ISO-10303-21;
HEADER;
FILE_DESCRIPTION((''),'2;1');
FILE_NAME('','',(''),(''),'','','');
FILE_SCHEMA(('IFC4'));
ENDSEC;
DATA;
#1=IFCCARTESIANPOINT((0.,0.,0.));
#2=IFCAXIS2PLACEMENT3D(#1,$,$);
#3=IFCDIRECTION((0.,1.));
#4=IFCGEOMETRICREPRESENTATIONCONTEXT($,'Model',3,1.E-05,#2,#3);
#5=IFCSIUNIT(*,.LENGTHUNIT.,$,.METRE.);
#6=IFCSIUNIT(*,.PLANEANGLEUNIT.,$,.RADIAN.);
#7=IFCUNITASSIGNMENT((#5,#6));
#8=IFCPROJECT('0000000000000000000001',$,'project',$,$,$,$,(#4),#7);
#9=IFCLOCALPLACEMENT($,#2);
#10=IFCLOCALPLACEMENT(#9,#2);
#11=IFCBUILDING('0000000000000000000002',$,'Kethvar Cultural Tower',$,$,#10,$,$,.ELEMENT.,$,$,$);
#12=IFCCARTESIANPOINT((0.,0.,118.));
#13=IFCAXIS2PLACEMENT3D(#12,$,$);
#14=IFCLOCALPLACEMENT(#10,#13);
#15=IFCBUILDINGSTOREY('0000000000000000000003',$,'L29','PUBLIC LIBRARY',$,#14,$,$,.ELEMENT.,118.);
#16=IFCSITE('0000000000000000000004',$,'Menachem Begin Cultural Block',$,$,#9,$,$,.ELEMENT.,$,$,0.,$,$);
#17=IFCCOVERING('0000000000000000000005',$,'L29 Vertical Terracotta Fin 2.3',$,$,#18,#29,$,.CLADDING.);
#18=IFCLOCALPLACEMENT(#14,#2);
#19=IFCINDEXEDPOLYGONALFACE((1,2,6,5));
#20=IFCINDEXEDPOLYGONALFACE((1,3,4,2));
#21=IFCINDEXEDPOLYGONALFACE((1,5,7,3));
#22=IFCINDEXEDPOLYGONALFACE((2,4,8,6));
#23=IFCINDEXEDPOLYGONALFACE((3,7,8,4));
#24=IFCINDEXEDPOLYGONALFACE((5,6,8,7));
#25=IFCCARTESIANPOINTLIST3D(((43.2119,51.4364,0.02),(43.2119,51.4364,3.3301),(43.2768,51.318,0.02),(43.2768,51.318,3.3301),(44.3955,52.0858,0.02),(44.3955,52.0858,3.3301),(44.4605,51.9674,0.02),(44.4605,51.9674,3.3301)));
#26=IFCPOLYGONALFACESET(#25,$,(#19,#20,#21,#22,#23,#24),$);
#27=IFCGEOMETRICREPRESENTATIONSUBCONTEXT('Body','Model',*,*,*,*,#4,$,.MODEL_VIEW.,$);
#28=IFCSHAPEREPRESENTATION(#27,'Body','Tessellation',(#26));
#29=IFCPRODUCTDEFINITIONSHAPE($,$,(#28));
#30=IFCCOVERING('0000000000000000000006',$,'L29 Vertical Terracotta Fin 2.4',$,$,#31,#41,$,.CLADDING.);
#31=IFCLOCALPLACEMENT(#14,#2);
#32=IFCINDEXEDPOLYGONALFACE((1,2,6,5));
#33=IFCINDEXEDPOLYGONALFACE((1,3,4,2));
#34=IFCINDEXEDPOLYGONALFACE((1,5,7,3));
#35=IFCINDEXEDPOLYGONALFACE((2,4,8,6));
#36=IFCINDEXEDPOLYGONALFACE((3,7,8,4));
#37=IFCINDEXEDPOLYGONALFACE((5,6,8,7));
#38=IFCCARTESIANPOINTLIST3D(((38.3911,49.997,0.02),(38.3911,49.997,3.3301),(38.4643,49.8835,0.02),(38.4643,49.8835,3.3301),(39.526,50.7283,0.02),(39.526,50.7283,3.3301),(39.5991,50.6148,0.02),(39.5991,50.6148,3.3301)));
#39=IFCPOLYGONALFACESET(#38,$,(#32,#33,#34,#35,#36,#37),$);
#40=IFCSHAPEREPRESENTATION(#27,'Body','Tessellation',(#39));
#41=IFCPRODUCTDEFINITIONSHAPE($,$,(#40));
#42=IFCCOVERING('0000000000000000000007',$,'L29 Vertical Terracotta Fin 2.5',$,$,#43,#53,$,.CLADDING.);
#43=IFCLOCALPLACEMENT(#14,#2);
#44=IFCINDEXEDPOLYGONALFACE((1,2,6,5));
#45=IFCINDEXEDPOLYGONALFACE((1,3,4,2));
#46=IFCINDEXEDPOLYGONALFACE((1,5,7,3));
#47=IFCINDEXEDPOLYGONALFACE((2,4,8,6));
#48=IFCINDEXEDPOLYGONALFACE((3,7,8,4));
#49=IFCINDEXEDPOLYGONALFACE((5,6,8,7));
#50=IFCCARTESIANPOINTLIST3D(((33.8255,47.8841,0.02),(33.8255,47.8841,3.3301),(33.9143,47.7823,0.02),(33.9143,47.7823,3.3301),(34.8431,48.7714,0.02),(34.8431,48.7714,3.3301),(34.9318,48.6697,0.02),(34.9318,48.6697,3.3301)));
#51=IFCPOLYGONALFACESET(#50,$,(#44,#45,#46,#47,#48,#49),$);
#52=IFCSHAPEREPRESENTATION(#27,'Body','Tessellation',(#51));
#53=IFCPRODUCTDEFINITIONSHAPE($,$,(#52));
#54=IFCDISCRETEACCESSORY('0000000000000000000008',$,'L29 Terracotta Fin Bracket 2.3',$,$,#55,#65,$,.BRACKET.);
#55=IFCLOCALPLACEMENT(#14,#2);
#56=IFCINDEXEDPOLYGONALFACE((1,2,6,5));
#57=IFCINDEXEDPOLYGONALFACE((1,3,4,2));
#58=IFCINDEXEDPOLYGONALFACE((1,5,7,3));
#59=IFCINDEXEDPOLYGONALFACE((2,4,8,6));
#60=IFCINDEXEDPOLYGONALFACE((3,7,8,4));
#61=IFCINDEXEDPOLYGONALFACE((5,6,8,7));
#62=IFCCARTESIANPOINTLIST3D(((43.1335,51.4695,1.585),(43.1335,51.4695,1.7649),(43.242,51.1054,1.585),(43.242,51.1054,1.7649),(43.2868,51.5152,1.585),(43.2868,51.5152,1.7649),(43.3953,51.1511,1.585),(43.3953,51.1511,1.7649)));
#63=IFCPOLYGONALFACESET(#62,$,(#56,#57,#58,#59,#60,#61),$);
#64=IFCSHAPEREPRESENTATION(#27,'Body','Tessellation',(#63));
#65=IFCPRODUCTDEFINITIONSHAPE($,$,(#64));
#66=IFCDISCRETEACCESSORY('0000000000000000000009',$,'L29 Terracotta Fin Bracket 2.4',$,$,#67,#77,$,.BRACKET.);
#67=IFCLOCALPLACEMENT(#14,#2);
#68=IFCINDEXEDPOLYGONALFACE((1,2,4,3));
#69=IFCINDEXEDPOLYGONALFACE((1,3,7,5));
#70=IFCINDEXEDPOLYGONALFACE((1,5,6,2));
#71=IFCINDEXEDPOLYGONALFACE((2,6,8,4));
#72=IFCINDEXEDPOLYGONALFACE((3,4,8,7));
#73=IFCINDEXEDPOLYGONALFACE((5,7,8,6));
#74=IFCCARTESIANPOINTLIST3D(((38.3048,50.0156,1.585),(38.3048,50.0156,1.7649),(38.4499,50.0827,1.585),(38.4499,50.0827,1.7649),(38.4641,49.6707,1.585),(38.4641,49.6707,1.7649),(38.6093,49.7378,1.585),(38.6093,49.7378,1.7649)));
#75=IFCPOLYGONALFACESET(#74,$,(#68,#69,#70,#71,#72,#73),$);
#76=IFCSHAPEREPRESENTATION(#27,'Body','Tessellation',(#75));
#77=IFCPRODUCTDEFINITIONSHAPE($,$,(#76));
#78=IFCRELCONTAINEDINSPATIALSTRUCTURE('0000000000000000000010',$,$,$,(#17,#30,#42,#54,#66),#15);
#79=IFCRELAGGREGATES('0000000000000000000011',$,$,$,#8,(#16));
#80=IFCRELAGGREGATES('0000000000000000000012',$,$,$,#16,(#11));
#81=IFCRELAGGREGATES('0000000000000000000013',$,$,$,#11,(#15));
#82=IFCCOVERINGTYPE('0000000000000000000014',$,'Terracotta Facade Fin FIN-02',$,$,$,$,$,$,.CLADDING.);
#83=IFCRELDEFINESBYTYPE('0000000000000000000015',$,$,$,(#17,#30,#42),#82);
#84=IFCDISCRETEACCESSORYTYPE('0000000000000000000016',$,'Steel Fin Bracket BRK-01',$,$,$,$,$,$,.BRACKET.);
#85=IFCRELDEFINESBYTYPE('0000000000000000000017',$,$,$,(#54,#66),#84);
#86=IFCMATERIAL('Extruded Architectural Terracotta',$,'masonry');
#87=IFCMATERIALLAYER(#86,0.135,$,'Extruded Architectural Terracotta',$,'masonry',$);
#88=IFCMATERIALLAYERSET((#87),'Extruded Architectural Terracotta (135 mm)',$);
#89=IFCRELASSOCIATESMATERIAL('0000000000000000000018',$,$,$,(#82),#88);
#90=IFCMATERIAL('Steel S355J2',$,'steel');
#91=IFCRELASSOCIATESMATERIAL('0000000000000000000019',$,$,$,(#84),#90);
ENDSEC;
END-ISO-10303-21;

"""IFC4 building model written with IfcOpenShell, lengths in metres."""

from ifc_helpers import new_model, si_unit, direction, frame, origin, origin_2d, place, context, subcontext, project, spatial, rectangle, extrude, source, transform, mapped, material, layer, layer_set, type_object, element, save


model = new_model("IFC4")

# Units and contexts
model_context = context("Model", 3, precision=1e-05, world=origin(), true_north=direction((0.0, 1.0)))
body_context = subcontext(model_context, "Body", "Model", "MODEL_VIEW")
ifc_project = project(units=[si_unit("LENGTHUNIT", "METRE"), si_unit("PLANEANGLEUNIT", "RADIAN")], contexts=[model_context])

# Site, building, storey
site_placement = place(None, origin())
site = spatial("IfcSite", under=ifc_project, at=site_placement, Name="Menachem Begin Cultural Block", CompositionType="ELEMENT", RefElevation=0.0)
building_placement = place(site_placement, origin())
building = spatial("IfcBuilding", under=site, at=building_placement, Name="Kethvar Cultural Tower", CompositionType="ELEMENT")
storey_placement = place(building_placement, frame((0.0, 0.0, 118.0)))
storey = spatial("IfcBuildingStorey", under=building, at=storey_placement, Name="L29", Description="PUBLIC LIBRARY", CompositionType="ELEMENT", Elevation=118.0)

# Shared definitions
ifc_material_1 = material(Name="Steel S355J2", Category="steel")

# Coverings
ifc_material_2 = material(Name="Extruded Architectural Terracotta", Category="masonry")
ifc_layer_1 = layer(ifc_material_2, 0.135, Name="Extruded Architectural Terracotta", Category="masonry")
ifc_layer_set_1 = layer_set([ifc_layer_1], Name="Extruded Architectural Terracotta (135 mm)")
covering_type = type_object("IfcCoveringType", Name="Terracotta Facade Fin FIN-02", PredefinedType="CLADDING", material=ifc_layer_set_1)
shared_shape_1 = source(origin(), body_context, "Body", "SweptSolid", [
    extrude(rectangle(XDim=1.3501, YDim=0.135, at=origin_2d()), origin(), (0.0, 0.0, 1.0), 3.3101),
])
for number, where, z_axis, x_axis, name in (
    (1, (43.8362, 51.7019, 0.02), (0.0, 0.0, 1.0), (0.876727, 0.480989, 0.0), "L29 Vertical Terracotta Fin 2.3"),
    (2, (38.9951, 50.3059, 0.02), (0.0, 0.0, 1.0), (0.840567, 0.541708, 0.0), "L29 Vertical Terracotta Fin 2.4"),
    (3, (34.3787, 48.2769, 0.02), (0.0, 0.0, 1.0), (0.753678, 0.657244, 0.0), "L29 Vertical Terracotta Fin 2.5"),
):
    element("IfcCovering", number, at=place(storey_placement, frame(where, z_axis=z_axis, x_axis=x_axis)), inside=storey, type_object=covering_type, Name=name, PredefinedType="CLADDING", context=body_context, shape_type="MappedRepresentation", body=[
        mapped(shared_shape_1, transform((0.0, 0.0, 0.0), scale=1.0)),
    ])

# Discrete accessories
discrete_accessory_type = type_object("IfcDiscreteAccessoryType", Name="Steel Fin Bracket BRK-01", PredefinedType="BRACKET", material=ifc_material_1)
shared_shape_2 = source(origin(), body_context, "Body", "SweptSolid", [
    extrude(rectangle(XDim=0.3799, YDim=0.1599, at=origin_2d()), origin(), (0.0, 0.0, 1.0), 0.1799),
])
for number, where, z_axis, x_axis, name in (
    (4, (43.2644, 51.3103, 1.585), (0.0, 0.0, 1.0), (-0.285688, 0.958323, 0.0), "L29 Terracotta Fin Bracket 2.3"),
    (5, (38.457, 49.8767, 1.585), (0.0, 0.0, 1.0), (-0.419452, 0.907777, 0.0), "L29 Terracotta Fin Bracket 2.4"),
):
    element("IfcDiscreteAccessory", number, at=place(storey_placement, frame(where, z_axis=z_axis, x_axis=x_axis)), inside=storey, type_object=discrete_accessory_type, Name=name, PredefinedType="BRACKET", context=body_context, shape_type="MappedRepresentation", body=[
        mapped(shared_shape_2, transform((0.0, 0.0, 0.0), scale=1.0)),
    ])

save(model, "model.ifc")
